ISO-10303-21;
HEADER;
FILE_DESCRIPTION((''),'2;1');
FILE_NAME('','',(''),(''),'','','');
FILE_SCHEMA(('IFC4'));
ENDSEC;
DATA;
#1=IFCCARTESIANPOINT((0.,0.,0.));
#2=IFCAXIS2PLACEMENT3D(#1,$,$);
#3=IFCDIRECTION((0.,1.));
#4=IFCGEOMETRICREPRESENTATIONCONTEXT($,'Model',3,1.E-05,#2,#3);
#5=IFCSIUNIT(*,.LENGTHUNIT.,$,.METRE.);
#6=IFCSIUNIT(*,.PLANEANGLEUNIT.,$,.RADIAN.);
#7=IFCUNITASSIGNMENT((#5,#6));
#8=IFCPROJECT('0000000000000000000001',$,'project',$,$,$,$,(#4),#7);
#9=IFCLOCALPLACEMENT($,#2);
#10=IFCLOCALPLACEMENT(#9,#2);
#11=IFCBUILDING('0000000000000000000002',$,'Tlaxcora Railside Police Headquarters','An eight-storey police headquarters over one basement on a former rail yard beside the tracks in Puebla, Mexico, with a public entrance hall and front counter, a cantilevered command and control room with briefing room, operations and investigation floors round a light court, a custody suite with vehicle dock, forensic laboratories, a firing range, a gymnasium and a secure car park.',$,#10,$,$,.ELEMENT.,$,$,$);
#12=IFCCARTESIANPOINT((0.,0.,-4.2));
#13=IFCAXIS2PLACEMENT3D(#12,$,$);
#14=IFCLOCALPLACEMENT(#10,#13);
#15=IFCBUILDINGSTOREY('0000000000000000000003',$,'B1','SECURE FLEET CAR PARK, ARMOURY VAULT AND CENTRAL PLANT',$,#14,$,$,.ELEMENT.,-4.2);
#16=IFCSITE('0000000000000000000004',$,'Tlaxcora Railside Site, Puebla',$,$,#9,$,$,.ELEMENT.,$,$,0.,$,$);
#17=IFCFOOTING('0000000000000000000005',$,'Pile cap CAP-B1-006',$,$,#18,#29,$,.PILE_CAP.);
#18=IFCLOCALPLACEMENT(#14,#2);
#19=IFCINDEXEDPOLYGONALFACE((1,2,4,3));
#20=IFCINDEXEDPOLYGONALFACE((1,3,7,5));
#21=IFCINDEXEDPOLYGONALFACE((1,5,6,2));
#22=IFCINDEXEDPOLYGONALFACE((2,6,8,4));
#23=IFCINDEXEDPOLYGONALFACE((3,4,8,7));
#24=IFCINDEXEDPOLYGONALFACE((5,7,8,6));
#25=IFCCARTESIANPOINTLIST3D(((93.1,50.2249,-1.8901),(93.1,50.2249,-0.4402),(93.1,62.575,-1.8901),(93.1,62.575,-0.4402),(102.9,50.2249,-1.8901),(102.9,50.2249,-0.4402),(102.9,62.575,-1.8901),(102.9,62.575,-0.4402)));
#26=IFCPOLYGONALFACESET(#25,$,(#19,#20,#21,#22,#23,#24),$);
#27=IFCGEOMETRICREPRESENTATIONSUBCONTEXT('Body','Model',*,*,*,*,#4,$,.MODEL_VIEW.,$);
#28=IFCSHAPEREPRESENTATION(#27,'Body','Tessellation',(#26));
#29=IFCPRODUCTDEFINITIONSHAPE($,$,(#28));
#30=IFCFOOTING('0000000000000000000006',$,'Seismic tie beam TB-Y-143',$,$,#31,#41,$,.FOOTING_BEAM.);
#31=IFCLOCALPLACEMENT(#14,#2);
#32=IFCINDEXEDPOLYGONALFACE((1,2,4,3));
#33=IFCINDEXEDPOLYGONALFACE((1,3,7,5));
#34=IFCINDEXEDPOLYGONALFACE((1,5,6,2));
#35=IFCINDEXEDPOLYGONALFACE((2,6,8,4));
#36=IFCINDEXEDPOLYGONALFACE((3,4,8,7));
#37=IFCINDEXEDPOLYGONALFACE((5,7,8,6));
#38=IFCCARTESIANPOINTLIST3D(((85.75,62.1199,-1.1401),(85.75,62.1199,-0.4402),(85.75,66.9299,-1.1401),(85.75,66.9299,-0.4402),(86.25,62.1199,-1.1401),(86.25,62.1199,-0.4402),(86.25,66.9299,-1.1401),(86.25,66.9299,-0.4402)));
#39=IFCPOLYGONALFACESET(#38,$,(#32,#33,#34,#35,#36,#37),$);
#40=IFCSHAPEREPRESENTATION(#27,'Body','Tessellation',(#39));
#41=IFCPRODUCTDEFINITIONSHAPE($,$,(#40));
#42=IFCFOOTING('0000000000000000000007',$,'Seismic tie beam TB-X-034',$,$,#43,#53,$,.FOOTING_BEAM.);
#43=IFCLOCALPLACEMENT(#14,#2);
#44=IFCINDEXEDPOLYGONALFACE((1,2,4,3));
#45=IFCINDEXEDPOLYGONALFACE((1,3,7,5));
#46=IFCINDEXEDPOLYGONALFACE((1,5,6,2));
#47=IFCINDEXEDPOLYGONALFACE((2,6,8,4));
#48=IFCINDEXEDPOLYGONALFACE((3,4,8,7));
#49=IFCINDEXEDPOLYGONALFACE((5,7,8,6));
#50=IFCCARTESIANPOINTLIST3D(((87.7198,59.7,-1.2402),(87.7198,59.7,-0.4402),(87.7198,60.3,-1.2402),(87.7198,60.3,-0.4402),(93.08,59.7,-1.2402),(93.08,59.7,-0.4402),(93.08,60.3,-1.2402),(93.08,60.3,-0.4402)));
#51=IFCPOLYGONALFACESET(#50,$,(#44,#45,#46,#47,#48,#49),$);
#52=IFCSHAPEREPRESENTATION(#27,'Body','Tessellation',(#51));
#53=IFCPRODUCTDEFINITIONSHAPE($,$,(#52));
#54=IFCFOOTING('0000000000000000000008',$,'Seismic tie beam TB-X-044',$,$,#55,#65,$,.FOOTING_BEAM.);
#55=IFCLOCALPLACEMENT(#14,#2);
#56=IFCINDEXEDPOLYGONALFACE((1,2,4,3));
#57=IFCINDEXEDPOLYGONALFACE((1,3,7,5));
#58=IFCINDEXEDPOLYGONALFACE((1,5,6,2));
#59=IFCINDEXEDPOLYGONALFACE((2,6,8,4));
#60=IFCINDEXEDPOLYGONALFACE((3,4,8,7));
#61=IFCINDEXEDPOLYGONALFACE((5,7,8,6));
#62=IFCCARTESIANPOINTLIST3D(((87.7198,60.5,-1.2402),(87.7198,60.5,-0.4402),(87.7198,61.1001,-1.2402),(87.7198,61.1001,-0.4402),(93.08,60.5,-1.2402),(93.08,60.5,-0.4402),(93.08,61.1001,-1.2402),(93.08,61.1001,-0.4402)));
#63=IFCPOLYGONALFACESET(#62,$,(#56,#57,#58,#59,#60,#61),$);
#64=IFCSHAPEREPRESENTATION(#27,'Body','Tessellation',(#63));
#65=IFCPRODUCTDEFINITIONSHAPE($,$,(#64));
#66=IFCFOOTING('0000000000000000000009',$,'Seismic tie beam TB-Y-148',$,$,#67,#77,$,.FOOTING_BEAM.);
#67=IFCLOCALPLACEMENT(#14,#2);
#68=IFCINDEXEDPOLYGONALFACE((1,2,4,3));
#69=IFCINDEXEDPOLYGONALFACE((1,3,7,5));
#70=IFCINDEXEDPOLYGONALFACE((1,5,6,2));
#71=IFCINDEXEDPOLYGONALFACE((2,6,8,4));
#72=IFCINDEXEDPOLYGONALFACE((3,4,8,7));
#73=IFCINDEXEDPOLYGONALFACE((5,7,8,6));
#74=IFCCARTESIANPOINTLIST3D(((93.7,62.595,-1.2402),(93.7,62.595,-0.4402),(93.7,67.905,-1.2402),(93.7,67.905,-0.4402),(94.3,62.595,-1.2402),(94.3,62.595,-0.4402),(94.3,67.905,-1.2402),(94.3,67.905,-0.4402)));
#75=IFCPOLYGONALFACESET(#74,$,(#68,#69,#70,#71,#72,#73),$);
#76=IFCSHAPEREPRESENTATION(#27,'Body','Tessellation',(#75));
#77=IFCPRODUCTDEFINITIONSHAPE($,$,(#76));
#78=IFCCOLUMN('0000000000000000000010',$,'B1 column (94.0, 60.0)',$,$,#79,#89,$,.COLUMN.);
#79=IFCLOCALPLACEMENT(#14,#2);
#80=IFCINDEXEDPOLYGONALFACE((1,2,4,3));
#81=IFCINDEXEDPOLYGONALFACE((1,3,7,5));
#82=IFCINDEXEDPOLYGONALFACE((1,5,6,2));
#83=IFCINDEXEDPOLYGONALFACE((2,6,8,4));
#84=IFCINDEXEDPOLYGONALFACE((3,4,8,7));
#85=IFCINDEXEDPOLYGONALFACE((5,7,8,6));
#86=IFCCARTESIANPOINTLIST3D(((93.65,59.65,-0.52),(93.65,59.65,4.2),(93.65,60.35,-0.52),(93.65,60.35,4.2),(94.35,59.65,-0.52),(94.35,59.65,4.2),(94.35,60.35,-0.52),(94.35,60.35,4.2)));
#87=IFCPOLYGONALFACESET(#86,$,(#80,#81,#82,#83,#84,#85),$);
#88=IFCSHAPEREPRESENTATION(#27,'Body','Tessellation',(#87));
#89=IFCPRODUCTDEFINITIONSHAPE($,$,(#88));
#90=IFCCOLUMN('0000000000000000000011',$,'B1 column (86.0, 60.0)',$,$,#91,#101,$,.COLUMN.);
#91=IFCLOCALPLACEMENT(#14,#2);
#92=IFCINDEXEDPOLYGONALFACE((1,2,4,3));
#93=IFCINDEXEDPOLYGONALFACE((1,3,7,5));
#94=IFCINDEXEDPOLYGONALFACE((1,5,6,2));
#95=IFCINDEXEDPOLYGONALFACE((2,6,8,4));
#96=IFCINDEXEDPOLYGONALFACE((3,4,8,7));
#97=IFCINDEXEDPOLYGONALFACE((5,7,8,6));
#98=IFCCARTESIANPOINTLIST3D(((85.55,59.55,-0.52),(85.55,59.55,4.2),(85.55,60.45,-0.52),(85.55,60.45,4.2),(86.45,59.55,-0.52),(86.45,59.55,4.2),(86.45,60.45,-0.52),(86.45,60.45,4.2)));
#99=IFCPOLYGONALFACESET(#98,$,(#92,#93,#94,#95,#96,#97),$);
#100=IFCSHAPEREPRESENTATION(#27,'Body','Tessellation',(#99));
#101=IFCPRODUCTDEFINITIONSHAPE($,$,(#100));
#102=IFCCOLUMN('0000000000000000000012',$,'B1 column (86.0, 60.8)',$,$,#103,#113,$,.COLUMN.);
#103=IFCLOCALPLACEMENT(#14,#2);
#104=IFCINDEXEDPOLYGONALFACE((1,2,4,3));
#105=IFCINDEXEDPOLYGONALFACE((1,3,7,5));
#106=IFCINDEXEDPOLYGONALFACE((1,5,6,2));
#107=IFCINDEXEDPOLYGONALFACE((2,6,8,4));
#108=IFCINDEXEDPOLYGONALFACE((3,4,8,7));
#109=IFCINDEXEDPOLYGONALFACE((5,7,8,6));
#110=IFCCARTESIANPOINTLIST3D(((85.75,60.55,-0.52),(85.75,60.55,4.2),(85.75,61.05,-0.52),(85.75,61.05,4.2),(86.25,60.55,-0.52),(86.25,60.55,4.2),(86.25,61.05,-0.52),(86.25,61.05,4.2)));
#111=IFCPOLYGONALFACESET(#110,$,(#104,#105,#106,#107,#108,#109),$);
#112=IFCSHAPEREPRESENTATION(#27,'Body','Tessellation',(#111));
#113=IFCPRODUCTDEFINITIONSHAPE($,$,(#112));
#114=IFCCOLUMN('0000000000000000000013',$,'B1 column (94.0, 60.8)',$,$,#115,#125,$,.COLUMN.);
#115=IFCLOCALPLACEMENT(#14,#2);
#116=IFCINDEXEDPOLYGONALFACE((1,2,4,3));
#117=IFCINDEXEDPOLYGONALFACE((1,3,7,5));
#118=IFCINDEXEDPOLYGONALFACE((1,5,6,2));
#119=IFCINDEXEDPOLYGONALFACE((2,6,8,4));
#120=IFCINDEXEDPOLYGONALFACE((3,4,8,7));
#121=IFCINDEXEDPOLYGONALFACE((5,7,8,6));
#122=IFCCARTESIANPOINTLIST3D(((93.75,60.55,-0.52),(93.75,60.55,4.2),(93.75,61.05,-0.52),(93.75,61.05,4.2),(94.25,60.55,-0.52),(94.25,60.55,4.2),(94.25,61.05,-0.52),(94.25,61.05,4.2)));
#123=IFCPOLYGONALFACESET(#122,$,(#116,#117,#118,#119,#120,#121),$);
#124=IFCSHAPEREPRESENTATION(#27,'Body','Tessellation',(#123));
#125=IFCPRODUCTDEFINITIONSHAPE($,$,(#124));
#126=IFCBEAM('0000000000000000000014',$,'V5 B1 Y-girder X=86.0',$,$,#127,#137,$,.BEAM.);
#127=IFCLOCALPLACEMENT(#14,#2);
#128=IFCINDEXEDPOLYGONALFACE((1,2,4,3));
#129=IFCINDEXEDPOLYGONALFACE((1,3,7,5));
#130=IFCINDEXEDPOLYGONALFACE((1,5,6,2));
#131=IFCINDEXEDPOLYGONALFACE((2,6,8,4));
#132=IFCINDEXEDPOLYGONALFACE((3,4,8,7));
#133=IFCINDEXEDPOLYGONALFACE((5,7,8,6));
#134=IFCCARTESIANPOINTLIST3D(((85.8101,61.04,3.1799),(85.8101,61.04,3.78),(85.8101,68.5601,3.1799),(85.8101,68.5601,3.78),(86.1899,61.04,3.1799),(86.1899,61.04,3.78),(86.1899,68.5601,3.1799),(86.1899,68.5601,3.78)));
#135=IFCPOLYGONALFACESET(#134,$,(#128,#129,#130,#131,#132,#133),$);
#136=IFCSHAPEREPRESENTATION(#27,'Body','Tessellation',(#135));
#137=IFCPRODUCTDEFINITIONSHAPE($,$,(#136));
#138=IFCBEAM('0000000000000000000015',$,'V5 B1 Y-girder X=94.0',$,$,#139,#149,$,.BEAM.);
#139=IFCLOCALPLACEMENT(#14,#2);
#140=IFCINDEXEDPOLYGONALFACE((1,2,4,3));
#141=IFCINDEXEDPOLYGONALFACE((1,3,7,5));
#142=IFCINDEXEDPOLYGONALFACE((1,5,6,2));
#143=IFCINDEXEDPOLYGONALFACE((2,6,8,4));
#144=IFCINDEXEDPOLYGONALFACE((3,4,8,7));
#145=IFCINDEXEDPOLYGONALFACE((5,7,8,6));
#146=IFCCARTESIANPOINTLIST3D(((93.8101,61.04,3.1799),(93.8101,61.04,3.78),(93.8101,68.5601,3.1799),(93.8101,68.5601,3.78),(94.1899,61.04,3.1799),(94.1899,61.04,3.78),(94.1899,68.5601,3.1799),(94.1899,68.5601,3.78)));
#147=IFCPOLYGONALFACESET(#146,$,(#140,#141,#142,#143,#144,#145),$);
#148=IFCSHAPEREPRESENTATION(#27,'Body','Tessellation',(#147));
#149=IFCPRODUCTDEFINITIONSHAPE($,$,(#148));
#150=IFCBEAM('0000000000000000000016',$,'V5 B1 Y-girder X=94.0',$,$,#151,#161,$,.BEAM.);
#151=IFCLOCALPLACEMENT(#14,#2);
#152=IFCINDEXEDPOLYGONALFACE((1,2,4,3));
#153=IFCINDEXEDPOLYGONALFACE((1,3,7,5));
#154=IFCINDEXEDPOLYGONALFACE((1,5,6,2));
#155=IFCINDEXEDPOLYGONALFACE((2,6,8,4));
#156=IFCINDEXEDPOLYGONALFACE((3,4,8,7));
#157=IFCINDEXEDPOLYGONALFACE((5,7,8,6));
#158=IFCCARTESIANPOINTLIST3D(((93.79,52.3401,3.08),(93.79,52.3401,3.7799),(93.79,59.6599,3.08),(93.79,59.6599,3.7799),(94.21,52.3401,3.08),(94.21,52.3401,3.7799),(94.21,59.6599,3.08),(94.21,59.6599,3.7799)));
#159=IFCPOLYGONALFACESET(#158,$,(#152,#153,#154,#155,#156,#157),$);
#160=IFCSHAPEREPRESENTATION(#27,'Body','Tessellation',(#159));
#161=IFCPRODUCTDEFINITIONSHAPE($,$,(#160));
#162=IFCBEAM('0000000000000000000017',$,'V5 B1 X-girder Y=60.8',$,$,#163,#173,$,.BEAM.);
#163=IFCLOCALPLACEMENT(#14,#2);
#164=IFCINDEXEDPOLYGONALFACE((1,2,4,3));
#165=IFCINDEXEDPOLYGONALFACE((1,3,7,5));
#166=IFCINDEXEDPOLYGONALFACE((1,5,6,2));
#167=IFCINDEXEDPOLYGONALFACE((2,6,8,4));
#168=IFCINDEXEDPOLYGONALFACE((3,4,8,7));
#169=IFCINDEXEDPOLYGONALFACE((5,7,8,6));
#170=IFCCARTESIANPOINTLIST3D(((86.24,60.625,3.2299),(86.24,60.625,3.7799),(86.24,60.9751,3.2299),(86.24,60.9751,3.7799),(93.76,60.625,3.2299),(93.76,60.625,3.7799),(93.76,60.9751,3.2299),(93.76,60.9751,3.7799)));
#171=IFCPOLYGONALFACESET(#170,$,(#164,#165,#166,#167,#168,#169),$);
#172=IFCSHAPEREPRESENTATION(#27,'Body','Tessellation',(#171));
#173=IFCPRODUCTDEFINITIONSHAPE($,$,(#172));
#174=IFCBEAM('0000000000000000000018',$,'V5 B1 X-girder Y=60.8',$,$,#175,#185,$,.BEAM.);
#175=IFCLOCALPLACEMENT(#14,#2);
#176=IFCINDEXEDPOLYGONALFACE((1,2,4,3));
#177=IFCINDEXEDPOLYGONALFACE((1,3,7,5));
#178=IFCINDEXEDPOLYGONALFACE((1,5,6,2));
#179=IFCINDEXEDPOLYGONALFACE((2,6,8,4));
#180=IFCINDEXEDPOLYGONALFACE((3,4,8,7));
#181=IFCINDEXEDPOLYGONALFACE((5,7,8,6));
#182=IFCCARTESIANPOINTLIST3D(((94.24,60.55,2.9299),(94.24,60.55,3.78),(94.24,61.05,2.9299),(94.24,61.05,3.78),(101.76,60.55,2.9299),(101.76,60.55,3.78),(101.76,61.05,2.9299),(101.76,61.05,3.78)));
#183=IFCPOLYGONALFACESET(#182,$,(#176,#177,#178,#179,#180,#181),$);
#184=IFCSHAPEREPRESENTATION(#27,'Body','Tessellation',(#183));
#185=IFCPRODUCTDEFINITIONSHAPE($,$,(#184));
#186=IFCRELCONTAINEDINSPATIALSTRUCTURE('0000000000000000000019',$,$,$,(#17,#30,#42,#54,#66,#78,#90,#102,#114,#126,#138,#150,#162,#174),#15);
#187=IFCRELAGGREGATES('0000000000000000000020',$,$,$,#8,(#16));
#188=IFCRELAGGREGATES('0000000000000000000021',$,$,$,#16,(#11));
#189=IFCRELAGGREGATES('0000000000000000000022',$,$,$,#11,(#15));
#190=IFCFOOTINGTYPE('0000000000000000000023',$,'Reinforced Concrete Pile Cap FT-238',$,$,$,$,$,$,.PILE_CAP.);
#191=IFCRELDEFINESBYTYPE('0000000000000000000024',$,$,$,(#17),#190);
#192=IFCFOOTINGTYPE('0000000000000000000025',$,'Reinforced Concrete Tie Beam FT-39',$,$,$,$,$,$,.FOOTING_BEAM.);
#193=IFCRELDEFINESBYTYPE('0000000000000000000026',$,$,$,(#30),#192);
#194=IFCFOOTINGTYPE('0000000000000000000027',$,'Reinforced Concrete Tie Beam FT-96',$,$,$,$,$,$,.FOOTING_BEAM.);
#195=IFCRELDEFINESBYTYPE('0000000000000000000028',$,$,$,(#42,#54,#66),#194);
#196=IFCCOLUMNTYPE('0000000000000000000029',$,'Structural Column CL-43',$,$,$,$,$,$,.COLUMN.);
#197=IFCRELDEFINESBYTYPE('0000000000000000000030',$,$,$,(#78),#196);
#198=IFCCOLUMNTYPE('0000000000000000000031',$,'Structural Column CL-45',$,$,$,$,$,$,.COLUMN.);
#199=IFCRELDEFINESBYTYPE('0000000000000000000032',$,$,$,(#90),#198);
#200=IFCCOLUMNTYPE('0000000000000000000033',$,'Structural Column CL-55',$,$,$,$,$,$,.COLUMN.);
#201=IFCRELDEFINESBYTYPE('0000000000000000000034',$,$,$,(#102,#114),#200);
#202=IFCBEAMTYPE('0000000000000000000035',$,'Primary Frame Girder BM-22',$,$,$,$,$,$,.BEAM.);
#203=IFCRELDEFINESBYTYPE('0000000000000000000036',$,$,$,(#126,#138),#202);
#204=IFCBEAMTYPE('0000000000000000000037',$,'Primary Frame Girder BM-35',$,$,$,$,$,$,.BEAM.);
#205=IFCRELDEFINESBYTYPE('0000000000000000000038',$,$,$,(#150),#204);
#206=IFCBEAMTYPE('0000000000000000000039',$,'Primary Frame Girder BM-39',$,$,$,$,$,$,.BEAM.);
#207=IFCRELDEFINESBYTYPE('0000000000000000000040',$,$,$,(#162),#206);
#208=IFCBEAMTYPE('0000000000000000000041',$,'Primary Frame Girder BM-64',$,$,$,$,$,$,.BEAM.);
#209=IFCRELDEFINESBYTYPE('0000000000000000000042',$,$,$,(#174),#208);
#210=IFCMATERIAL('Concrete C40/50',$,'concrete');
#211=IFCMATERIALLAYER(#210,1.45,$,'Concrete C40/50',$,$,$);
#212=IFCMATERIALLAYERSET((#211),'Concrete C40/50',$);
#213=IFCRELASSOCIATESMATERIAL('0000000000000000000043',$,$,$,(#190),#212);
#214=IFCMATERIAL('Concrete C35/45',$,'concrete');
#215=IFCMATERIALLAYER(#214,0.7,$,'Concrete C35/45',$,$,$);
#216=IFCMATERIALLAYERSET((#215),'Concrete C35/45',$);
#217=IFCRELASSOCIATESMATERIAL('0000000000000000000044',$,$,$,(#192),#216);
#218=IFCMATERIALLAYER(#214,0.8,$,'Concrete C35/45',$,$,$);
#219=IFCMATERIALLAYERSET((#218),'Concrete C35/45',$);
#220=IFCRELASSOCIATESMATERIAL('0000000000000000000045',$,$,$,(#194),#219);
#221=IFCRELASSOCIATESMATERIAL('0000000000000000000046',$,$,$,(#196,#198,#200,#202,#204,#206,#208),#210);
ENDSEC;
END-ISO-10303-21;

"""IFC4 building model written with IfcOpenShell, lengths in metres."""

from ifc_helpers import new_model, si_unit, direction, frame, origin, origin_2d, place, context, subcontext, project, spatial, rectangle, extrude, material, layer, layer_set, material_profile, profile_set, type_object, element, save


model = new_model("IFC4")

# Units and contexts
model_context = context("Model", 3, precision=1e-05, world=origin(), true_north=direction((0.0, 1.0)))
body_context = subcontext(model_context, "Body", "Model", "MODEL_VIEW")
ifc_project = project(units=[si_unit("LENGTHUNIT", "METRE"), si_unit("PLANEANGLEUNIT", "RADIAN")], contexts=[model_context])

# Site, building, storey
site_placement = place(None, origin())
site = spatial("IfcSite", under=ifc_project, at=site_placement, Name="Tlaxcora Railside Site, Puebla", CompositionType="ELEMENT", RefElevation=0.0)
building_placement = place(site_placement, origin())
building = spatial("IfcBuilding", under=site, at=building_placement, Name="Tlaxcora Railside Police Headquarters", Description="An eight-storey police headquarters over one basement on a former rail yard beside the tracks in Puebla, Mexico, with a public entrance hall and front counter, a cantilevered command and control room with briefing room, operations and investigation floors round a light court, a custody suite with vehicle dock, forensic laboratories, a firing range, a gymnasium and a secure car park.", CompositionType="ELEMENT")
storey_placement = place(building_placement, frame((0.0, 0.0, -4.2)))
storey = spatial("IfcBuildingStorey", under=building, at=storey_placement, Name="B1", Description="SECURE FLEET CAR PARK, ARMOURY VAULT AND CENTRAL PLANT", CompositionType="ELEMENT", Elevation=-4.2)

# Shared definitions
ifc_material_1 = material(Name="Concrete C35/45", Category="concrete")

# Footings
ifc_material_2 = material(Name="Concrete C40/50", Category="concrete")
ifc_layer_1 = layer(ifc_material_2, 1.45, Name="Concrete C40/50")
ifc_layer_set_1 = layer_set([ifc_layer_1], Name="Concrete C40/50")
footing_type_1 = type_object("IfcFootingType", Name="Reinforced Concrete Pile Cap FT-238", PredefinedType="PILE_CAP", material=ifc_layer_set_1)
footing_1_placement = place(storey_placement, frame((98.0, 56.3999, -1.8901), z_axis=(0.0, 0.0, 1.0), x_axis=(1.0, 0.0, 0.0)))
element("IfcFooting", 1, at=footing_1_placement, inside=storey, type_object=footing_type_1, Name="Pile cap CAP-B1-006", PredefinedType="PILE_CAP", context=body_context, shape_type="SweptSolid", body=[
    extrude(rectangle(XDim=9.8, YDim=12.3501, at=origin_2d()), origin(), (0.0, 0.0, 1.0), 1.45),
])
ifc_layer_2 = layer(ifc_material_1, 0.7, Name="Concrete C35/45")
ifc_layer_set_2 = layer_set([ifc_layer_2], Name="Concrete C35/45")
footing_type_2 = type_object("IfcFootingType", Name="Reinforced Concrete Tie Beam FT-39", PredefinedType="FOOTING_BEAM", material=ifc_layer_set_2)
footing_2_placement = place(storey_placement, frame((86.0, 64.5249, -1.1401), z_axis=(0.0, 0.0, 1.0), x_axis=(0.0, 1.0, 0.0)))
element("IfcFooting", 2, at=footing_2_placement, inside=storey, type_object=footing_type_2, Name="Seismic tie beam TB-Y-143", PredefinedType="FOOTING_BEAM", context=body_context, shape_type="SweptSolid", body=[
    extrude(rectangle(XDim=4.8101, YDim=0.5, at=origin_2d()), origin(), (0.0, 0.0, 1.0), 0.7),
])
ifc_layer_3 = layer(ifc_material_1, 0.8, Name="Concrete C35/45")
ifc_layer_set_3 = layer_set([ifc_layer_3], Name="Concrete C35/45")
footing_type_3 = type_object("IfcFootingType", Name="Reinforced Concrete Tie Beam FT-96", PredefinedType="FOOTING_BEAM", material=ifc_layer_set_3)
for number, where, z_axis, x_axis, name in (
    (3, (90.3999, 60.0, -1.2402), (0.0, 0.0, 1.0), (1.0, 0.0, 0.0), "Seismic tie beam TB-X-034"),
    (4, (90.3999, 60.8, -1.2402), (0.0, 0.0, 1.0), (1.0, 0.0, 0.0), "Seismic tie beam TB-X-044"),
):
    element("IfcFooting", number, at=place(storey_placement, frame(where, z_axis=z_axis, x_axis=x_axis)), inside=storey, type_object=footing_type_3, Name=name, PredefinedType="FOOTING_BEAM", context=body_context, shape_type="SweptSolid", body=[
        extrude(rectangle(XDim=5.3601, YDim=0.6001, at=origin_2d()), origin(), (0.0, 0.0, 1.0), 0.8),
    ])
footing_3_placement = place(storey_placement, frame((94.0, 65.25, -1.2402), z_axis=(0.0, 0.0, 1.0), x_axis=(0.0, 1.0, 0.0)))
element("IfcFooting", 5, at=footing_3_placement, inside=storey, type_object=footing_type_3, Name="Seismic tie beam TB-Y-148", PredefinedType="FOOTING_BEAM", context=body_context, shape_type="SweptSolid", body=[
    extrude(rectangle(XDim=5.3101, YDim=0.6001, at=origin_2d()), origin(), (0.0, 0.0, 1.0), 0.8),
])

# Columns
ifc_material_profile_1 = material_profile(ifc_material_2, rectangle(XDim=0.7, YDim=0.7, at=origin_2d()), Name="RC700X700")
ifc_profile_set_1 = profile_set([ifc_material_profile_1], Name="Concrete C40/50")
column_type_1 = type_object("IfcColumnType", Name="Structural Column CL-43", PredefinedType="COLUMN", material=ifc_profile_set_1)
column_1_placement = place(storey_placement, frame((94.0, 60.0, -0.52), z_axis=(0.0, 0.0, 1.0), x_axis=(1.0, 0.0, 0.0)))
element("IfcColumn", 6, at=column_1_placement, inside=storey, type_object=column_type_1, Name="B1 column (94.0, 60.0)", PredefinedType="COLUMN", context=body_context, shape_type="SweptSolid", body=[
    extrude(rectangle(XDim=0.7, YDim=0.7, at=origin_2d()), origin(), (0.0, 0.0, 1.0), 4.72),
])
ifc_material_profile_2 = material_profile(ifc_material_2, rectangle(XDim=0.8999, YDim=0.8999, at=origin_2d()), Name="RC900X900")
ifc_profile_set_2 = profile_set([ifc_material_profile_2], Name="Concrete C40/50")
column_type_2 = type_object("IfcColumnType", Name="Structural Column CL-45", PredefinedType="COLUMN", material=ifc_profile_set_2)
column_2_placement = place(storey_placement, frame((86.0, 60.0, -0.52), z_axis=(0.0, 0.0, 1.0), x_axis=(1.0, 0.0, 0.0)))
element("IfcColumn", 7, at=column_2_placement, inside=storey, type_object=column_type_2, Name="B1 column (86.0, 60.0)", PredefinedType="COLUMN", context=body_context, shape_type="SweptSolid", body=[
    extrude(rectangle(XDim=0.8999, YDim=0.8999, at=origin_2d()), origin(), (0.0, 0.0, 1.0), 4.72),
])
ifc_material_profile_3 = material_profile(ifc_material_2, rectangle(XDim=0.5, YDim=0.5, at=origin_2d()), Name="RC500X500")
ifc_profile_set_3 = profile_set([ifc_material_profile_3], Name="Concrete C40/50")
column_type_3 = type_object("IfcColumnType", Name="Structural Column CL-55", PredefinedType="COLUMN", material=ifc_profile_set_3)
for number, where, z_axis, x_axis, name in (
    (8, (86.0, 60.8, -0.52), (0.0, 0.0, 1.0), (1.0, 0.0, 0.0), "B1 column (86.0, 60.8)"),
    (9, (94.0, 60.8, -0.52), (0.0, 0.0, 1.0), (1.0, 0.0, 0.0), "B1 column (94.0, 60.8)"),
):
    element("IfcColumn", number, at=place(storey_placement, frame(where, z_axis=z_axis, x_axis=x_axis)), inside=storey, type_object=column_type_3, Name=name, PredefinedType="COLUMN", context=body_context, shape_type="SweptSolid", body=[
        extrude(rectangle(XDim=0.5, YDim=0.5, at=origin_2d()), origin(), (0.0, 0.0, 1.0), 4.72),
    ])

# Beams
ifc_material_profile_4 = material_profile(ifc_material_2, rectangle(XDim=0.3799, YDim=0.6001, at=origin_2d()), Name="RC380X600")
ifc_profile_set_4 = profile_set([ifc_material_profile_4], Name="Concrete C40/50")
beam_type_1 = type_object("IfcBeamType", Name="Primary Frame Girder BM-22", PredefinedType="BEAM", material=ifc_profile_set_4)
for number, where, z_axis, x_axis, name in (
    (10, (86.0, 61.04, 3.48), (0.0, 1.0, 0.0), (-1.0, 0.0, 0.0), "V5 B1 Y-girder X=86.0"),
    (11, (94.0, 61.04, 3.48), (0.0, 1.0, 0.0), (-1.0, 0.0, 0.0), "V5 B1 Y-girder X=94.0"),
):
    element("IfcBeam", number, at=place(storey_placement, frame(where, z_axis=z_axis, x_axis=x_axis)), inside=storey, type_object=beam_type_1, Name=name, PredefinedType="BEAM", context=body_context, shape_type="SweptSolid", body=[
        extrude(rectangle(XDim=0.3799, YDim=0.6001, at=origin_2d()), origin(), (0.0, 0.0, 1.0), 7.52),
    ])
ifc_material_profile_5 = material_profile(ifc_material_2, rectangle(XDim=0.4199, YDim=0.7, at=origin_2d()), Name="RC420X700")
ifc_profile_set_5 = profile_set([ifc_material_profile_5], Name="Concrete C40/50")
beam_type_2 = type_object("IfcBeamType", Name="Primary Frame Girder BM-35", PredefinedType="BEAM", material=ifc_profile_set_5)
beam_1_placement = place(storey_placement, frame((94.0, 52.3401, 3.4299), z_axis=(0.0, 1.0, 0.0), x_axis=(-1.0, 0.0, 0.0)))
element("IfcBeam", 12, at=beam_1_placement, inside=storey, type_object=beam_type_2, Name="V5 B1 Y-girder X=94.0", PredefinedType="BEAM", context=body_context, shape_type="SweptSolid", body=[
    extrude(rectangle(XDim=0.4199, YDim=0.7, at=origin_2d()), origin(), (0.0, 0.0, 1.0), 7.3198),
])
ifc_material_profile_6 = material_profile(ifc_material_2, rectangle(XDim=0.3501, YDim=0.55, at=origin_2d()), Name="RC350X550")
ifc_profile_set_6 = profile_set([ifc_material_profile_6], Name="Concrete C40/50")
beam_type_3 = type_object("IfcBeamType", Name="Primary Frame Girder BM-39", PredefinedType="BEAM", material=ifc_profile_set_6)
beam_2_placement = place(storey_placement, frame((86.24, 60.8, 3.5049), z_axis=(1.0, 0.0, 0.0), x_axis=(0.0, 1.0, 0.0)))
element("IfcBeam", 13, at=beam_2_placement, inside=storey, type_object=beam_type_3, Name="V5 B1 X-girder Y=60.8", PredefinedType="BEAM", context=body_context, shape_type="SweptSolid", body=[
    extrude(rectangle(XDim=0.3501, YDim=0.55, at=origin_2d()), origin(), (0.0, 0.0, 1.0), 7.52),
])
ifc_material_profile_7 = material_profile(ifc_material_2, rectangle(XDim=0.5, YDim=0.8501, at=origin_2d()), Name="RC500X850")
ifc_profile_set_7 = profile_set([ifc_material_profile_7], Name="Concrete C40/50")
beam_type_4 = type_object("IfcBeamType", Name="Primary Frame Girder BM-64", PredefinedType="BEAM", material=ifc_profile_set_7)
beam_3_placement = place(storey_placement, frame((94.24, 60.8, 3.355), z_axis=(1.0, 0.0, 0.0), x_axis=(0.0, 1.0, 0.0)))
element("IfcBeam", 14, at=beam_3_placement, inside=storey, type_object=beam_type_4, Name="V5 B1 X-girder Y=60.8", PredefinedType="BEAM", context=body_context, shape_type="SweptSolid", body=[
    extrude(rectangle(XDim=0.5, YDim=0.8501, at=origin_2d()), origin(), (0.0, 0.0, 1.0), 7.52),
])

save(model, "model.ifc")
